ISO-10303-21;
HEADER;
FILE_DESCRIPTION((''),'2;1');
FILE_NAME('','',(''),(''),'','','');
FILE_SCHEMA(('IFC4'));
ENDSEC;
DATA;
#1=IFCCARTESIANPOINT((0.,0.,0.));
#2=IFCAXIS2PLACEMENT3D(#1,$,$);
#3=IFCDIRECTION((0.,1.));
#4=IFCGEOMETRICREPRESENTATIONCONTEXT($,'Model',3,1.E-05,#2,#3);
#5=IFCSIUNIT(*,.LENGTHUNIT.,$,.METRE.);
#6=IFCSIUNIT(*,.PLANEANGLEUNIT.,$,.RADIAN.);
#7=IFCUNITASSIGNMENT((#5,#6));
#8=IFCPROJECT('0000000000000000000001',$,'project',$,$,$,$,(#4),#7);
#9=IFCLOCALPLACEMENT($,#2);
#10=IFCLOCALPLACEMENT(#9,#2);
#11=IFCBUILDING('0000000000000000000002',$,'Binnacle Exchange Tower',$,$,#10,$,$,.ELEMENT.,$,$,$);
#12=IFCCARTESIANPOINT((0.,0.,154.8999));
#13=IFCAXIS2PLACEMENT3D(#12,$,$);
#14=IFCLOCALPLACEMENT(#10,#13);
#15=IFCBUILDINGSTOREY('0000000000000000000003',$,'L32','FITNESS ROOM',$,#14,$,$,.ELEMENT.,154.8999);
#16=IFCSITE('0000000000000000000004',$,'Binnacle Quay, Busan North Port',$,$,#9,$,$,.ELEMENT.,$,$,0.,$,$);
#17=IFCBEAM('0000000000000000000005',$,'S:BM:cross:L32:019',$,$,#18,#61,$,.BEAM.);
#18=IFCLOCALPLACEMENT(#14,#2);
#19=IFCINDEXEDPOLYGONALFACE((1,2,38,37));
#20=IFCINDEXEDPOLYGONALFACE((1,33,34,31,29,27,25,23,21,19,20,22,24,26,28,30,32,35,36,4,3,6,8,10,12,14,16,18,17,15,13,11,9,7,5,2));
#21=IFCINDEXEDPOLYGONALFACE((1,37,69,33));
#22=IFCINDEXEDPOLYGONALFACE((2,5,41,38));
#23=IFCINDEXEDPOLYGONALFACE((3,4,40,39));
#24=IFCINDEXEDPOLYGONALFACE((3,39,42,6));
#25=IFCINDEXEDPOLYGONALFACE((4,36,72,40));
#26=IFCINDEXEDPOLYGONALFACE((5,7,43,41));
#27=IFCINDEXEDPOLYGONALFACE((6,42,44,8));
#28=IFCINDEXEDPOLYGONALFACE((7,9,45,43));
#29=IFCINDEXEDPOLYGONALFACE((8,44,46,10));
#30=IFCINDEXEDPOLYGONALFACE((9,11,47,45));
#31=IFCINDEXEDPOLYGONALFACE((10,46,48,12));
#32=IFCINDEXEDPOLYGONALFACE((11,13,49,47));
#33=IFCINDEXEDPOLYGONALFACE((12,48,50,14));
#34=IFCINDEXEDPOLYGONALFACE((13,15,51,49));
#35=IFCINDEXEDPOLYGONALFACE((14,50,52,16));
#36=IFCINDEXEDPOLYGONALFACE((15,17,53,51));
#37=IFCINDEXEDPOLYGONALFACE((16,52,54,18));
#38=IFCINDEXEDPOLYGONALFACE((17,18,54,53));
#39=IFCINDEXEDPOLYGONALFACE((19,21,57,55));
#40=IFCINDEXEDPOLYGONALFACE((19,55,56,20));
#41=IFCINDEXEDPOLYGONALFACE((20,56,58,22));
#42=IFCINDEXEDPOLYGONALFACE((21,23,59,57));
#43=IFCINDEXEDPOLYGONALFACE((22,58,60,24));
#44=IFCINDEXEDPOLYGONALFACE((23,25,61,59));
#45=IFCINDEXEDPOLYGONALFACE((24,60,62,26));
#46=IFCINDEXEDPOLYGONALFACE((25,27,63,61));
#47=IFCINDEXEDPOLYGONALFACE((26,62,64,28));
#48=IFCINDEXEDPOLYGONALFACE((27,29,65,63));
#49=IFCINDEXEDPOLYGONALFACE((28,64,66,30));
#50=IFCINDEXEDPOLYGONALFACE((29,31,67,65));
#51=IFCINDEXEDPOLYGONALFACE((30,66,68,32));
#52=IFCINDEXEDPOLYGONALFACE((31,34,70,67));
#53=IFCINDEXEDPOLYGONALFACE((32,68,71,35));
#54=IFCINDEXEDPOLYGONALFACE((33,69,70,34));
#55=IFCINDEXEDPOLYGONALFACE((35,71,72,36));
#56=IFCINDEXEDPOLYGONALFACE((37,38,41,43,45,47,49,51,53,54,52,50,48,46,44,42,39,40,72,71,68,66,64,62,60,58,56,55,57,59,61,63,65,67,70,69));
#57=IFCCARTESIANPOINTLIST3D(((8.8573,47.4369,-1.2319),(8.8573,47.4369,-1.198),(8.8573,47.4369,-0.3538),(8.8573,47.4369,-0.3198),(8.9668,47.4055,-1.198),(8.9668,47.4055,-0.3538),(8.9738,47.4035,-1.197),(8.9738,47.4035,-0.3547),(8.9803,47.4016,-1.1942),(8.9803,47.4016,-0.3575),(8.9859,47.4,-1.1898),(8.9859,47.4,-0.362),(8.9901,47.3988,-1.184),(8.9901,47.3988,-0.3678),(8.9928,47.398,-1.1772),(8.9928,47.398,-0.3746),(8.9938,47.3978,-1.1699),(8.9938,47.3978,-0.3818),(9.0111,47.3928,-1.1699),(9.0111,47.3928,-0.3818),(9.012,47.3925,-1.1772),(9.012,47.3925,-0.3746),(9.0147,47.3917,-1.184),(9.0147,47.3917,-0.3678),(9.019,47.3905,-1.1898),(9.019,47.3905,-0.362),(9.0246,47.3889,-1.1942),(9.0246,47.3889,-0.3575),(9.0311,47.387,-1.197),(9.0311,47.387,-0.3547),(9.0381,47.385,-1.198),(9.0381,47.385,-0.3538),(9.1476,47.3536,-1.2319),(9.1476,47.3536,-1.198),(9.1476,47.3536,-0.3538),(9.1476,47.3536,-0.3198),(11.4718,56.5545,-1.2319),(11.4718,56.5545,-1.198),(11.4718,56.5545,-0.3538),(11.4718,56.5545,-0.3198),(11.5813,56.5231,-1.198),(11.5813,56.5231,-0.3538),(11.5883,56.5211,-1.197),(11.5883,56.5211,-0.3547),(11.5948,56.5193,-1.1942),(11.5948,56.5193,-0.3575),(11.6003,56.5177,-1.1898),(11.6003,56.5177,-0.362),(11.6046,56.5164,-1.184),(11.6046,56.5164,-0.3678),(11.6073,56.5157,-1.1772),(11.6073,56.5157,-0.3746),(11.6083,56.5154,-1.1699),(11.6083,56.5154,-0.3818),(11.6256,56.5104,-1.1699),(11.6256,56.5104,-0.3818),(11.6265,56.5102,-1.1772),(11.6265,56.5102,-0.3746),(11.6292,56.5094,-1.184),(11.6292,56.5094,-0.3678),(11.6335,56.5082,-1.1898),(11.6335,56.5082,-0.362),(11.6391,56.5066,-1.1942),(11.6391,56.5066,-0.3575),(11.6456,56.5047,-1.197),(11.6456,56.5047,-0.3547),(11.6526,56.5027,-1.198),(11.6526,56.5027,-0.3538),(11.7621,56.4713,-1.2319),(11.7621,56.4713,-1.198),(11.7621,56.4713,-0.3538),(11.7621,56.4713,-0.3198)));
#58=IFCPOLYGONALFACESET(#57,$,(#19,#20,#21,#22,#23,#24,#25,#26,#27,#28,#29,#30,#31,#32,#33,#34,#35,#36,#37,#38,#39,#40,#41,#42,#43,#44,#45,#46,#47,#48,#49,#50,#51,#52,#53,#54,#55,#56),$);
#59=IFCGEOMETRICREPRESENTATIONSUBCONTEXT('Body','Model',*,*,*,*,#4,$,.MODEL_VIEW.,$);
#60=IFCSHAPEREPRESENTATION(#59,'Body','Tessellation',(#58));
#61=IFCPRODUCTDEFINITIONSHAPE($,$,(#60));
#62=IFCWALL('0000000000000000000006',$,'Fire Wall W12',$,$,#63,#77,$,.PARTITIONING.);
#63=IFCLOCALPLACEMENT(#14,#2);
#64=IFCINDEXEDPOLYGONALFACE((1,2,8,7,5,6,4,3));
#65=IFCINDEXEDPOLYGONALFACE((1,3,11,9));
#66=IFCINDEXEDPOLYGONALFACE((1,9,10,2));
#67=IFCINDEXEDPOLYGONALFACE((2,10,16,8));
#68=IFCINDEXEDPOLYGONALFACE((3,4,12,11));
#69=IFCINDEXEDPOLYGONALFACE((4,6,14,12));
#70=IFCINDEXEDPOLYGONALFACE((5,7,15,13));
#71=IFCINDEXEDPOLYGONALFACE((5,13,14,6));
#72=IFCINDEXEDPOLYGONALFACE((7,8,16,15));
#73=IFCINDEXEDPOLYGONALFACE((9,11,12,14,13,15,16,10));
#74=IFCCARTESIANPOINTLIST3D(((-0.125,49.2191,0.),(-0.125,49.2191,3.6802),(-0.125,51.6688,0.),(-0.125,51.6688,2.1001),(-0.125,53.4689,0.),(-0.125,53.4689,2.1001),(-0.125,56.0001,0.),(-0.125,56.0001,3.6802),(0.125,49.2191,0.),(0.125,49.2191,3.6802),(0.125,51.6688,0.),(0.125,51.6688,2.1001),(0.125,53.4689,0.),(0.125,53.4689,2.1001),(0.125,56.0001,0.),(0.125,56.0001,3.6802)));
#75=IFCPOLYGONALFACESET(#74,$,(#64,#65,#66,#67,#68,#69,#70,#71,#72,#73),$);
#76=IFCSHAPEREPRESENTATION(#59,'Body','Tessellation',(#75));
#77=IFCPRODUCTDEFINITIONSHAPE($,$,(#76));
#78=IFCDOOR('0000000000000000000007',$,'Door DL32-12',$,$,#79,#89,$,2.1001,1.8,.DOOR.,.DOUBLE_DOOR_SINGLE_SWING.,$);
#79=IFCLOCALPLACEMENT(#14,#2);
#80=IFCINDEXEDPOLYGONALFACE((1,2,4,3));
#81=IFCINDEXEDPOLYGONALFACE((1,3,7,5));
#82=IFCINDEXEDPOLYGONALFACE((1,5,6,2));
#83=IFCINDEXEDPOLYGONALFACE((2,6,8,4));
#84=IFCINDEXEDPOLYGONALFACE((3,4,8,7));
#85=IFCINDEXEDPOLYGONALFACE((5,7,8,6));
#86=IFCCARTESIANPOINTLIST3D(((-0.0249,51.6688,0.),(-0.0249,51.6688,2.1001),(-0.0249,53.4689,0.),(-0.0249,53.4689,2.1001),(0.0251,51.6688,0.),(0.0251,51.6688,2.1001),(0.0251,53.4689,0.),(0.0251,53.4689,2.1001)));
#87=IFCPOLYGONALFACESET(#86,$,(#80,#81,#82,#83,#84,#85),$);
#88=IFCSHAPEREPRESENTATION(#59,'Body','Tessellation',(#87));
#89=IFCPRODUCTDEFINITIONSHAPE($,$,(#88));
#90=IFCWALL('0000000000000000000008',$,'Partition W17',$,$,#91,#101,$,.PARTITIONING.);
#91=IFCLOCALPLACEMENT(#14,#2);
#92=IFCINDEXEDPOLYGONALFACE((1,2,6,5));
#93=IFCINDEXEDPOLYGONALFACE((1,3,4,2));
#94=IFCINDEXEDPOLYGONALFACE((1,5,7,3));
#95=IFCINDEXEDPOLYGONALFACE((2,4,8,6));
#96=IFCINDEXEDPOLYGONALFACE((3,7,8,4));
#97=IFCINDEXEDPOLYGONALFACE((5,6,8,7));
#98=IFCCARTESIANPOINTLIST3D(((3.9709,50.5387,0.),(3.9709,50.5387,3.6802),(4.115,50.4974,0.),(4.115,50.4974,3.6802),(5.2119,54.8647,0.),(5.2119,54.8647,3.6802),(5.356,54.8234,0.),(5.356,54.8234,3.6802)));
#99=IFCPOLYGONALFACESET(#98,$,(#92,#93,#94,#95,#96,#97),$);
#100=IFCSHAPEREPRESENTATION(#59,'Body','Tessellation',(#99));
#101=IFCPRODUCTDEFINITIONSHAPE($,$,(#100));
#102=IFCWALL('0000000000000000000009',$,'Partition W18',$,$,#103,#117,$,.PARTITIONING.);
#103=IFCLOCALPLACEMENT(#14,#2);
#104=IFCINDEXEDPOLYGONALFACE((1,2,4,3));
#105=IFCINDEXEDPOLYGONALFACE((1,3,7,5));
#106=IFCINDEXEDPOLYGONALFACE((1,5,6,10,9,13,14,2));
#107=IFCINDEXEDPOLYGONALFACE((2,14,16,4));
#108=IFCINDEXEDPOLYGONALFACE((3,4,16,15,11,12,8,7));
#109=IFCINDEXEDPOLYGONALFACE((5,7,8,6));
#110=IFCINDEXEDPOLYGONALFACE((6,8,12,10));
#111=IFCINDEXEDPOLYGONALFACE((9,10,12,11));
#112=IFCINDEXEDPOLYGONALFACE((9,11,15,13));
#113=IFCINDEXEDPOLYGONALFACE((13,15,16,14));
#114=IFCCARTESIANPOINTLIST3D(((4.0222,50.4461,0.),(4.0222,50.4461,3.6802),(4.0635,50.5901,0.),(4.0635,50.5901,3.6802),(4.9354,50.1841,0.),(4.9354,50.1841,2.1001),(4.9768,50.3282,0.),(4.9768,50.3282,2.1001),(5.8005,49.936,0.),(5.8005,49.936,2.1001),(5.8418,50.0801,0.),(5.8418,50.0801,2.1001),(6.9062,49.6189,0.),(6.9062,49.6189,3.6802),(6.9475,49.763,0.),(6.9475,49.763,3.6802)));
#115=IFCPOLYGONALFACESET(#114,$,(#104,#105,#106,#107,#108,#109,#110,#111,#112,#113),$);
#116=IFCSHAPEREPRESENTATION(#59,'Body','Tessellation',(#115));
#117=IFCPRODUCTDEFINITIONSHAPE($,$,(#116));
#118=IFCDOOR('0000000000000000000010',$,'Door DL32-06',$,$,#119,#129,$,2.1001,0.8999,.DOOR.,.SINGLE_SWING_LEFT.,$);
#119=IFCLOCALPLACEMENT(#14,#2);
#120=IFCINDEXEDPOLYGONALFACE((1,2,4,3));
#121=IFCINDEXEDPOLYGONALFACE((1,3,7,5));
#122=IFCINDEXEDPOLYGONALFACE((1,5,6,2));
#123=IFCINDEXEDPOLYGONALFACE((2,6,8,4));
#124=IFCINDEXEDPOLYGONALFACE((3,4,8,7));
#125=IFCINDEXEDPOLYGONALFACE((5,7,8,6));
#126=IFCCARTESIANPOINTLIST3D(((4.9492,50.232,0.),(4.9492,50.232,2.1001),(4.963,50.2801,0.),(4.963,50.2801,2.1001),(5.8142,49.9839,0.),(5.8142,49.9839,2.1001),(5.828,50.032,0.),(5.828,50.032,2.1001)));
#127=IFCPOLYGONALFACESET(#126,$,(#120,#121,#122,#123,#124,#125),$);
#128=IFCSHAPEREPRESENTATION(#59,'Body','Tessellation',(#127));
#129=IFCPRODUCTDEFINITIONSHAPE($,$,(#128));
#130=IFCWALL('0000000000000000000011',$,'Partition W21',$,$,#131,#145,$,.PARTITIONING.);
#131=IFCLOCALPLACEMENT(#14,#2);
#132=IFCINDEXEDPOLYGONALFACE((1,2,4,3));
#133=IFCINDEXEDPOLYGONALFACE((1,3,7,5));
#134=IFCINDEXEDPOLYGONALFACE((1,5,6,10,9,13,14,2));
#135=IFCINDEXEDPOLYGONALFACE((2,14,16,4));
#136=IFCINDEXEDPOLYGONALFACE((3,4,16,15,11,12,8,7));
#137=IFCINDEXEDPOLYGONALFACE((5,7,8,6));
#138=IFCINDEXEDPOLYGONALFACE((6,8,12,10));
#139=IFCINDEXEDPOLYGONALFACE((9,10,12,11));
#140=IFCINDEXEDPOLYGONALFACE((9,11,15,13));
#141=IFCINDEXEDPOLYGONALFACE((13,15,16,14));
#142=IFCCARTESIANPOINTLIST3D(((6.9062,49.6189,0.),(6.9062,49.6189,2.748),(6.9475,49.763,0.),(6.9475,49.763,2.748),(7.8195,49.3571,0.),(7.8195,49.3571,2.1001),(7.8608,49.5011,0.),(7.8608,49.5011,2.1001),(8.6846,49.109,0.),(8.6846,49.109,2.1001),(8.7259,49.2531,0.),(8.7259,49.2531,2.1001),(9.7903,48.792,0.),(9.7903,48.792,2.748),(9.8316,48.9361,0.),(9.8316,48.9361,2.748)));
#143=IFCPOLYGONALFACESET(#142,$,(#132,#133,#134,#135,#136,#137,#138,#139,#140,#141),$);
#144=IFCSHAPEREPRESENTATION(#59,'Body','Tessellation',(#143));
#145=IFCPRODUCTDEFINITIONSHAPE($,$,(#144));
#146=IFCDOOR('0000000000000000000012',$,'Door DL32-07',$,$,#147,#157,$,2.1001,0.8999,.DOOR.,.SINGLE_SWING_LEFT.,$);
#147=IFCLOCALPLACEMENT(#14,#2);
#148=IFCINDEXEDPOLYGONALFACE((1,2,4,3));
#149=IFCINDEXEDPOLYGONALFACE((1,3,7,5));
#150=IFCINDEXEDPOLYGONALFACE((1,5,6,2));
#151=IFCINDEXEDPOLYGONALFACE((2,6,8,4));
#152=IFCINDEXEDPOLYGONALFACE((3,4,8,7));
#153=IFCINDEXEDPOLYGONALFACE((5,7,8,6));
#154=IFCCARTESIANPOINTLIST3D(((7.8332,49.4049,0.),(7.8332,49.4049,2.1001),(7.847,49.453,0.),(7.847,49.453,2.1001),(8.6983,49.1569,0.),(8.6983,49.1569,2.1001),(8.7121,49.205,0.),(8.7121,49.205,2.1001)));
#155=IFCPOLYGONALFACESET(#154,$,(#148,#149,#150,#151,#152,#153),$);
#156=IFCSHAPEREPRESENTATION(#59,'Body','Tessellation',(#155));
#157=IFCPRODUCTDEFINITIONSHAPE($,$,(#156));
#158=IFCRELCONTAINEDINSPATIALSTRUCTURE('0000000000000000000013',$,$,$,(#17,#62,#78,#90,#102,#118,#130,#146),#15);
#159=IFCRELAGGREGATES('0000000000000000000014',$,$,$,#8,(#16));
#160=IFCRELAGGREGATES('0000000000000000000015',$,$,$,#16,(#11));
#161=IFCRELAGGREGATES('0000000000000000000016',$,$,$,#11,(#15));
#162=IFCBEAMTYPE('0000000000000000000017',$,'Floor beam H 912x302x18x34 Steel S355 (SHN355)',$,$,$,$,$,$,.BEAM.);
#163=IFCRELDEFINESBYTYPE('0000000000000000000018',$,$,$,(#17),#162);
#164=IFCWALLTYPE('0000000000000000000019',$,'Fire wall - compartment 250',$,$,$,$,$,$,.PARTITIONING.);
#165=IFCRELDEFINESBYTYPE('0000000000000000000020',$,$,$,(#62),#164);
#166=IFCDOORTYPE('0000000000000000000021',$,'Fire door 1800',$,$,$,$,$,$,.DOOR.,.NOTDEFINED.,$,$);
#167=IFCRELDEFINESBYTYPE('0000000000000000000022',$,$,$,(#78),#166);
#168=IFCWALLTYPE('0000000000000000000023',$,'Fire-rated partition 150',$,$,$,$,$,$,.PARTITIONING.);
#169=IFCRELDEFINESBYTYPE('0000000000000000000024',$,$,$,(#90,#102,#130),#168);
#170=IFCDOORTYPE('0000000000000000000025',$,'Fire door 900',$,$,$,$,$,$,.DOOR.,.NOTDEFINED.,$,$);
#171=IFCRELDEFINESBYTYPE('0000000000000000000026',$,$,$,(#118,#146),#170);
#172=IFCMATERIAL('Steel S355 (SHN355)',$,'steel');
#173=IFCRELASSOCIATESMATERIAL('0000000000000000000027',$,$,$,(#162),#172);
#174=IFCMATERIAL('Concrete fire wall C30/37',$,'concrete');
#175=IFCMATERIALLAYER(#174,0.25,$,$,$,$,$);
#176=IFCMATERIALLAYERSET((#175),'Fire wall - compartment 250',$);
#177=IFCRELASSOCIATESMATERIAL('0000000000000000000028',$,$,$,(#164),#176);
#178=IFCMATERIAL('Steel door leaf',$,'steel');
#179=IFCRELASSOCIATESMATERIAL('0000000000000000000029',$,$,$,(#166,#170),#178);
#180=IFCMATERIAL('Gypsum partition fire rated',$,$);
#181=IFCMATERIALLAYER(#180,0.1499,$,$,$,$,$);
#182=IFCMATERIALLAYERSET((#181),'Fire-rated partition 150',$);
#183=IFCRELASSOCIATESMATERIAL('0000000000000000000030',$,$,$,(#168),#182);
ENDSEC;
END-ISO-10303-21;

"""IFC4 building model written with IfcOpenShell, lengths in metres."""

from ifc_helpers import new_model, si_unit, direction, frame, frame_2d, origin, origin_2d, place, context, subcontext, project, spatial, rectangle, i_section, extrude, material, layer, layer_set, material_profile, profile_set, type_object, element, fill, save


model = new_model("IFC4")

# Units and contexts
model_context = context("Model", 3, precision=1e-05, world=origin(), true_north=direction((0.0, 1.0)))
body_context = subcontext(model_context, "Body", "Model", "MODEL_VIEW")
ifc_project = project(units=[si_unit("LENGTHUNIT", "METRE"), si_unit("PLANEANGLEUNIT", "RADIAN")], contexts=[model_context])

# Site, building, storey
site_placement = place(None, origin())
site = spatial("IfcSite", under=ifc_project, at=site_placement, Name="Binnacle Quay, Busan North Port", CompositionType="ELEMENT", RefElevation=0.0)
building_placement = place(site_placement, origin())
building = spatial("IfcBuilding", under=site, at=building_placement, Name="Binnacle Exchange Tower", CompositionType="ELEMENT")
storey_placement = place(building_placement, frame((0.0, 0.0, 154.8999)))
storey = spatial("IfcBuildingStorey", under=building, at=storey_placement, Name="L32", Description="FITNESS ROOM", CompositionType="ELEMENT", Elevation=154.8999)

# Beam
ifc_material_1 = material(Name="Steel S355 (SHN355)", Category="steel")
ifc_material_profile = material_profile(ifc_material_1, i_section(OverallWidth=0.302, OverallDepth=0.9121, WebThickness=0.0181, FlangeThickness=0.0339, FilletRadius=0.0281, at=origin_2d()), Name="H 912x302x18x34")
ifc_profile_set = profile_set([ifc_material_profile], Name="Steel S355 (SHN355)")
beam_type = type_object("IfcBeamType", Name="Floor beam H 912x302x18x34 Steel S355 (SHN355)", PredefinedType="BEAM", material=ifc_profile_set)
beam_placement = place(storey_placement, frame((9.0024, 47.3953, -0.7759), z_axis=(0.275642, 0.96126, 0.0), x_axis=(-0.96126, 0.275642, 0.0)))
element("IfcBeam", 1, at=beam_placement, inside=storey, type_object=beam_type, Name="S:BM:cross:L32:019", PredefinedType="BEAM", context=body_context, shape_type="SweptSolid", body=[
    extrude(i_section(OverallWidth=0.302, OverallDepth=0.9121, WebThickness=0.0181, FlangeThickness=0.0339, FilletRadius=0.0281, at=origin_2d()), origin(), (0.0, 0.0, 1.0), 9.4851),
])

# Wall, opening, door
ifc_material_2 = material(Name="Concrete fire wall C30/37", Category="concrete")
ifc_layer_1 = layer(ifc_material_2, 0.25)
ifc_layer_set_1 = layer_set([ifc_layer_1], Name="Fire wall - compartment 250")
wall_type_1 = type_object("IfcWallType", Name="Fire wall - compartment 250", PredefinedType="PARTITIONING", material=ifc_layer_set_1)
wall_1_placement = place(storey_placement, frame((0.0, 49.219, 0.0), z_axis=(0.0, 0.0, 1.0), x_axis=(0.0, 1.0, 0.0)))
wall_1 = element("IfcWall", 2, at=wall_1_placement, inside=storey, type_object=wall_type_1, Name="Fire Wall W12", PredefinedType="PARTITIONING", context=body_context, shape_type="SweptSolid", body=[
    extrude(rectangle(XDim=6.781, YDim=0.25, at=frame_2d((3.3906, 0.0))), origin(), (0.0, 0.0, 1.0), 3.6802),
])
opening_1_placement = place(wall_1_placement, frame((2.45, 0.0, 0.0)))
opening_1 = element("IfcOpeningElement", 3, at=opening_1_placement, cuts=wall_1, PredefinedType="OPENING", context=body_context, shape_type="SweptSolid", body=[
    extrude(rectangle(XDim=1.8, YDim=2.1001, at=frame_2d((0.8999, 1.05))), frame((0.0, 0.135, 0.0), z_axis=(0.0, -1.0, 0.0), x_axis=(1.0, 0.0, 0.0)), (0.0, 0.0, 1.0), 0.27),
])
ifc_material_3 = material(Name="Steel door leaf", Category="steel")
door_type_1 = type_object("IfcDoorType", Name="Fire door 1800", OperationType="NOTDEFINED", PredefinedType="DOOR", material=ifc_material_3)
door_1_placement = place(opening_1_placement, origin())
door_1 = element("IfcDoor", 4, at=door_1_placement, inside=storey, type_object=door_type_1, Name="Door DL32-12", OperationType="DOUBLE_DOOR_SINGLE_SWING", OverallHeight=2.1001, OverallWidth=1.8, PredefinedType="DOOR", context=body_context, shape_type="SweptSolid", body=[
    extrude(rectangle(XDim=1.8, YDim=2.1001, at=frame_2d((0.8999, 1.05))), frame((0.0, 0.0249, 0.0), z_axis=(0.0, -1.0, 0.0), x_axis=(1.0, 0.0, 0.0)), (0.0, 0.0, 1.0), 0.05),
])
fill(opening_1, door_1)

# Wall
ifc_material_4 = material(Name="Gypsum partition fire rated")
ifc_layer_2 = layer(ifc_material_4, 0.1499)
ifc_layer_set_2 = layer_set([ifc_layer_2], Name="Fire-rated partition 150")
wall_type_2 = type_object("IfcWallType", Name="Fire-rated partition 150", PredefinedType="PARTITIONING", material=ifc_layer_set_2)
wall_2_placement = place(storey_placement, frame((4.043, 50.5181, 0.0), z_axis=(0.0, 0.0, 1.0), x_axis=(0.275746, 0.961231, 0.0)))
element("IfcWall", 5, at=wall_2_placement, inside=storey, type_object=wall_type_2, Name="Partition W17", PredefinedType="PARTITIONING", context=body_context, shape_type="SweptSolid", body=[
    extrude(rectangle(XDim=4.5005, YDim=0.1499, at=frame_2d((2.2502, 0.0))), origin(), (0.0, 0.0, 1.0), 3.6802),
])

# Walls, openings, doors
wall_3_placement = place(storey_placement, frame((4.043, 50.5181, 0.0), z_axis=(0.0, 0.0, 1.0), x_axis=(0.961247, -0.275688, 0.0)))
wall_3 = element("IfcWall", 6, at=wall_3_placement, inside=storey, type_object=wall_type_2, Name="Partition W18", PredefinedType="PARTITIONING", context=body_context, shape_type="SweptSolid", body=[
    extrude(rectangle(XDim=3.0002, YDim=0.1499, at=frame_2d((1.5, 0.0))), origin(), (0.0, 0.0, 1.0), 3.6802),
])
opening_2_placement = place(wall_3_placement, frame((0.95, 0.0, 0.0)))
opening_2 = element("IfcOpeningElement", 7, at=opening_2_placement, cuts=wall_3, PredefinedType="OPENING", context=body_context, shape_type="SweptSolid", body=[
    extrude(rectangle(XDim=0.8999, YDim=2.1001, at=frame_2d((0.45, 1.05))), frame((0.0, 0.085, 0.0), z_axis=(0.0, -1.0, 0.0), x_axis=(1.0, 0.0, 0.0)), (0.0, 0.0, 1.0), 0.1699),
])
door_type_2 = type_object("IfcDoorType", Name="Fire door 900", OperationType="NOTDEFINED", PredefinedType="DOOR", material=ifc_material_3)
door_2_placement = place(opening_2_placement, origin())
door_2 = element("IfcDoor", 8, at=door_2_placement, inside=storey, type_object=door_type_2, Name="Door DL32-06", OperationType="SINGLE_SWING_LEFT", OverallHeight=2.1001, OverallWidth=0.8999, PredefinedType="DOOR", context=body_context, shape_type="SweptSolid", body=[
    extrude(rectangle(XDim=0.8999, YDim=2.1001, at=frame_2d((0.45, 1.05))), frame((0.0, 0.0249, 0.0), z_axis=(0.0, -1.0, 0.0), x_axis=(1.0, 0.0, 0.0)), (0.0, 0.0, 1.0), 0.05),
])
fill(opening_2, door_2)
wall_4_placement = place(storey_placement, frame((6.927, 49.6909, 0.0), z_axis=(0.0, 0.0, 1.0), x_axis=(0.961269, -0.275613, 0.0)))
wall_4 = element("IfcWall", 9, at=wall_4_placement, inside=storey, type_object=wall_type_2, Name="Partition W21", PredefinedType="PARTITIONING", context=body_context, shape_type="SweptSolid", body=[
    extrude(rectangle(XDim=3.0002, YDim=0.1499, at=frame_2d((1.5, 0.0))), origin(), (0.0, 0.0, 1.0), 2.748),
])
opening_3_placement = place(wall_4_placement, frame((0.95, 0.0, 0.0)))
opening_3 = element("IfcOpeningElement", 10, at=opening_3_placement, cuts=wall_4, PredefinedType="OPENING", context=body_context, shape_type="SweptSolid", body=[
    extrude(rectangle(XDim=0.8999, YDim=2.1001, at=frame_2d((0.45, 1.05))), frame((0.0, 0.085, 0.0), z_axis=(0.0, -1.0, 0.0), x_axis=(1.0, 0.0, 0.0)), (0.0, 0.0, 1.0), 0.1699),
])
door_3_placement = place(opening_3_placement, origin())
door_3 = element("IfcDoor", 11, at=door_3_placement, inside=storey, type_object=door_type_2, Name="Door DL32-07", OperationType="SINGLE_SWING_LEFT", OverallHeight=2.1001, OverallWidth=0.8999, PredefinedType="DOOR", context=body_context, shape_type="SweptSolid", body=[
    extrude(rectangle(XDim=0.8999, YDim=2.1001, at=frame_2d((0.45, 1.05))), frame((0.0, 0.0249, 0.0), z_axis=(0.0, -1.0, 0.0), x_axis=(1.0, 0.0, 0.0)), (0.0, 0.0, 1.0), 0.05),
])
fill(opening_3, door_3)

save(model, "model.ifc")
